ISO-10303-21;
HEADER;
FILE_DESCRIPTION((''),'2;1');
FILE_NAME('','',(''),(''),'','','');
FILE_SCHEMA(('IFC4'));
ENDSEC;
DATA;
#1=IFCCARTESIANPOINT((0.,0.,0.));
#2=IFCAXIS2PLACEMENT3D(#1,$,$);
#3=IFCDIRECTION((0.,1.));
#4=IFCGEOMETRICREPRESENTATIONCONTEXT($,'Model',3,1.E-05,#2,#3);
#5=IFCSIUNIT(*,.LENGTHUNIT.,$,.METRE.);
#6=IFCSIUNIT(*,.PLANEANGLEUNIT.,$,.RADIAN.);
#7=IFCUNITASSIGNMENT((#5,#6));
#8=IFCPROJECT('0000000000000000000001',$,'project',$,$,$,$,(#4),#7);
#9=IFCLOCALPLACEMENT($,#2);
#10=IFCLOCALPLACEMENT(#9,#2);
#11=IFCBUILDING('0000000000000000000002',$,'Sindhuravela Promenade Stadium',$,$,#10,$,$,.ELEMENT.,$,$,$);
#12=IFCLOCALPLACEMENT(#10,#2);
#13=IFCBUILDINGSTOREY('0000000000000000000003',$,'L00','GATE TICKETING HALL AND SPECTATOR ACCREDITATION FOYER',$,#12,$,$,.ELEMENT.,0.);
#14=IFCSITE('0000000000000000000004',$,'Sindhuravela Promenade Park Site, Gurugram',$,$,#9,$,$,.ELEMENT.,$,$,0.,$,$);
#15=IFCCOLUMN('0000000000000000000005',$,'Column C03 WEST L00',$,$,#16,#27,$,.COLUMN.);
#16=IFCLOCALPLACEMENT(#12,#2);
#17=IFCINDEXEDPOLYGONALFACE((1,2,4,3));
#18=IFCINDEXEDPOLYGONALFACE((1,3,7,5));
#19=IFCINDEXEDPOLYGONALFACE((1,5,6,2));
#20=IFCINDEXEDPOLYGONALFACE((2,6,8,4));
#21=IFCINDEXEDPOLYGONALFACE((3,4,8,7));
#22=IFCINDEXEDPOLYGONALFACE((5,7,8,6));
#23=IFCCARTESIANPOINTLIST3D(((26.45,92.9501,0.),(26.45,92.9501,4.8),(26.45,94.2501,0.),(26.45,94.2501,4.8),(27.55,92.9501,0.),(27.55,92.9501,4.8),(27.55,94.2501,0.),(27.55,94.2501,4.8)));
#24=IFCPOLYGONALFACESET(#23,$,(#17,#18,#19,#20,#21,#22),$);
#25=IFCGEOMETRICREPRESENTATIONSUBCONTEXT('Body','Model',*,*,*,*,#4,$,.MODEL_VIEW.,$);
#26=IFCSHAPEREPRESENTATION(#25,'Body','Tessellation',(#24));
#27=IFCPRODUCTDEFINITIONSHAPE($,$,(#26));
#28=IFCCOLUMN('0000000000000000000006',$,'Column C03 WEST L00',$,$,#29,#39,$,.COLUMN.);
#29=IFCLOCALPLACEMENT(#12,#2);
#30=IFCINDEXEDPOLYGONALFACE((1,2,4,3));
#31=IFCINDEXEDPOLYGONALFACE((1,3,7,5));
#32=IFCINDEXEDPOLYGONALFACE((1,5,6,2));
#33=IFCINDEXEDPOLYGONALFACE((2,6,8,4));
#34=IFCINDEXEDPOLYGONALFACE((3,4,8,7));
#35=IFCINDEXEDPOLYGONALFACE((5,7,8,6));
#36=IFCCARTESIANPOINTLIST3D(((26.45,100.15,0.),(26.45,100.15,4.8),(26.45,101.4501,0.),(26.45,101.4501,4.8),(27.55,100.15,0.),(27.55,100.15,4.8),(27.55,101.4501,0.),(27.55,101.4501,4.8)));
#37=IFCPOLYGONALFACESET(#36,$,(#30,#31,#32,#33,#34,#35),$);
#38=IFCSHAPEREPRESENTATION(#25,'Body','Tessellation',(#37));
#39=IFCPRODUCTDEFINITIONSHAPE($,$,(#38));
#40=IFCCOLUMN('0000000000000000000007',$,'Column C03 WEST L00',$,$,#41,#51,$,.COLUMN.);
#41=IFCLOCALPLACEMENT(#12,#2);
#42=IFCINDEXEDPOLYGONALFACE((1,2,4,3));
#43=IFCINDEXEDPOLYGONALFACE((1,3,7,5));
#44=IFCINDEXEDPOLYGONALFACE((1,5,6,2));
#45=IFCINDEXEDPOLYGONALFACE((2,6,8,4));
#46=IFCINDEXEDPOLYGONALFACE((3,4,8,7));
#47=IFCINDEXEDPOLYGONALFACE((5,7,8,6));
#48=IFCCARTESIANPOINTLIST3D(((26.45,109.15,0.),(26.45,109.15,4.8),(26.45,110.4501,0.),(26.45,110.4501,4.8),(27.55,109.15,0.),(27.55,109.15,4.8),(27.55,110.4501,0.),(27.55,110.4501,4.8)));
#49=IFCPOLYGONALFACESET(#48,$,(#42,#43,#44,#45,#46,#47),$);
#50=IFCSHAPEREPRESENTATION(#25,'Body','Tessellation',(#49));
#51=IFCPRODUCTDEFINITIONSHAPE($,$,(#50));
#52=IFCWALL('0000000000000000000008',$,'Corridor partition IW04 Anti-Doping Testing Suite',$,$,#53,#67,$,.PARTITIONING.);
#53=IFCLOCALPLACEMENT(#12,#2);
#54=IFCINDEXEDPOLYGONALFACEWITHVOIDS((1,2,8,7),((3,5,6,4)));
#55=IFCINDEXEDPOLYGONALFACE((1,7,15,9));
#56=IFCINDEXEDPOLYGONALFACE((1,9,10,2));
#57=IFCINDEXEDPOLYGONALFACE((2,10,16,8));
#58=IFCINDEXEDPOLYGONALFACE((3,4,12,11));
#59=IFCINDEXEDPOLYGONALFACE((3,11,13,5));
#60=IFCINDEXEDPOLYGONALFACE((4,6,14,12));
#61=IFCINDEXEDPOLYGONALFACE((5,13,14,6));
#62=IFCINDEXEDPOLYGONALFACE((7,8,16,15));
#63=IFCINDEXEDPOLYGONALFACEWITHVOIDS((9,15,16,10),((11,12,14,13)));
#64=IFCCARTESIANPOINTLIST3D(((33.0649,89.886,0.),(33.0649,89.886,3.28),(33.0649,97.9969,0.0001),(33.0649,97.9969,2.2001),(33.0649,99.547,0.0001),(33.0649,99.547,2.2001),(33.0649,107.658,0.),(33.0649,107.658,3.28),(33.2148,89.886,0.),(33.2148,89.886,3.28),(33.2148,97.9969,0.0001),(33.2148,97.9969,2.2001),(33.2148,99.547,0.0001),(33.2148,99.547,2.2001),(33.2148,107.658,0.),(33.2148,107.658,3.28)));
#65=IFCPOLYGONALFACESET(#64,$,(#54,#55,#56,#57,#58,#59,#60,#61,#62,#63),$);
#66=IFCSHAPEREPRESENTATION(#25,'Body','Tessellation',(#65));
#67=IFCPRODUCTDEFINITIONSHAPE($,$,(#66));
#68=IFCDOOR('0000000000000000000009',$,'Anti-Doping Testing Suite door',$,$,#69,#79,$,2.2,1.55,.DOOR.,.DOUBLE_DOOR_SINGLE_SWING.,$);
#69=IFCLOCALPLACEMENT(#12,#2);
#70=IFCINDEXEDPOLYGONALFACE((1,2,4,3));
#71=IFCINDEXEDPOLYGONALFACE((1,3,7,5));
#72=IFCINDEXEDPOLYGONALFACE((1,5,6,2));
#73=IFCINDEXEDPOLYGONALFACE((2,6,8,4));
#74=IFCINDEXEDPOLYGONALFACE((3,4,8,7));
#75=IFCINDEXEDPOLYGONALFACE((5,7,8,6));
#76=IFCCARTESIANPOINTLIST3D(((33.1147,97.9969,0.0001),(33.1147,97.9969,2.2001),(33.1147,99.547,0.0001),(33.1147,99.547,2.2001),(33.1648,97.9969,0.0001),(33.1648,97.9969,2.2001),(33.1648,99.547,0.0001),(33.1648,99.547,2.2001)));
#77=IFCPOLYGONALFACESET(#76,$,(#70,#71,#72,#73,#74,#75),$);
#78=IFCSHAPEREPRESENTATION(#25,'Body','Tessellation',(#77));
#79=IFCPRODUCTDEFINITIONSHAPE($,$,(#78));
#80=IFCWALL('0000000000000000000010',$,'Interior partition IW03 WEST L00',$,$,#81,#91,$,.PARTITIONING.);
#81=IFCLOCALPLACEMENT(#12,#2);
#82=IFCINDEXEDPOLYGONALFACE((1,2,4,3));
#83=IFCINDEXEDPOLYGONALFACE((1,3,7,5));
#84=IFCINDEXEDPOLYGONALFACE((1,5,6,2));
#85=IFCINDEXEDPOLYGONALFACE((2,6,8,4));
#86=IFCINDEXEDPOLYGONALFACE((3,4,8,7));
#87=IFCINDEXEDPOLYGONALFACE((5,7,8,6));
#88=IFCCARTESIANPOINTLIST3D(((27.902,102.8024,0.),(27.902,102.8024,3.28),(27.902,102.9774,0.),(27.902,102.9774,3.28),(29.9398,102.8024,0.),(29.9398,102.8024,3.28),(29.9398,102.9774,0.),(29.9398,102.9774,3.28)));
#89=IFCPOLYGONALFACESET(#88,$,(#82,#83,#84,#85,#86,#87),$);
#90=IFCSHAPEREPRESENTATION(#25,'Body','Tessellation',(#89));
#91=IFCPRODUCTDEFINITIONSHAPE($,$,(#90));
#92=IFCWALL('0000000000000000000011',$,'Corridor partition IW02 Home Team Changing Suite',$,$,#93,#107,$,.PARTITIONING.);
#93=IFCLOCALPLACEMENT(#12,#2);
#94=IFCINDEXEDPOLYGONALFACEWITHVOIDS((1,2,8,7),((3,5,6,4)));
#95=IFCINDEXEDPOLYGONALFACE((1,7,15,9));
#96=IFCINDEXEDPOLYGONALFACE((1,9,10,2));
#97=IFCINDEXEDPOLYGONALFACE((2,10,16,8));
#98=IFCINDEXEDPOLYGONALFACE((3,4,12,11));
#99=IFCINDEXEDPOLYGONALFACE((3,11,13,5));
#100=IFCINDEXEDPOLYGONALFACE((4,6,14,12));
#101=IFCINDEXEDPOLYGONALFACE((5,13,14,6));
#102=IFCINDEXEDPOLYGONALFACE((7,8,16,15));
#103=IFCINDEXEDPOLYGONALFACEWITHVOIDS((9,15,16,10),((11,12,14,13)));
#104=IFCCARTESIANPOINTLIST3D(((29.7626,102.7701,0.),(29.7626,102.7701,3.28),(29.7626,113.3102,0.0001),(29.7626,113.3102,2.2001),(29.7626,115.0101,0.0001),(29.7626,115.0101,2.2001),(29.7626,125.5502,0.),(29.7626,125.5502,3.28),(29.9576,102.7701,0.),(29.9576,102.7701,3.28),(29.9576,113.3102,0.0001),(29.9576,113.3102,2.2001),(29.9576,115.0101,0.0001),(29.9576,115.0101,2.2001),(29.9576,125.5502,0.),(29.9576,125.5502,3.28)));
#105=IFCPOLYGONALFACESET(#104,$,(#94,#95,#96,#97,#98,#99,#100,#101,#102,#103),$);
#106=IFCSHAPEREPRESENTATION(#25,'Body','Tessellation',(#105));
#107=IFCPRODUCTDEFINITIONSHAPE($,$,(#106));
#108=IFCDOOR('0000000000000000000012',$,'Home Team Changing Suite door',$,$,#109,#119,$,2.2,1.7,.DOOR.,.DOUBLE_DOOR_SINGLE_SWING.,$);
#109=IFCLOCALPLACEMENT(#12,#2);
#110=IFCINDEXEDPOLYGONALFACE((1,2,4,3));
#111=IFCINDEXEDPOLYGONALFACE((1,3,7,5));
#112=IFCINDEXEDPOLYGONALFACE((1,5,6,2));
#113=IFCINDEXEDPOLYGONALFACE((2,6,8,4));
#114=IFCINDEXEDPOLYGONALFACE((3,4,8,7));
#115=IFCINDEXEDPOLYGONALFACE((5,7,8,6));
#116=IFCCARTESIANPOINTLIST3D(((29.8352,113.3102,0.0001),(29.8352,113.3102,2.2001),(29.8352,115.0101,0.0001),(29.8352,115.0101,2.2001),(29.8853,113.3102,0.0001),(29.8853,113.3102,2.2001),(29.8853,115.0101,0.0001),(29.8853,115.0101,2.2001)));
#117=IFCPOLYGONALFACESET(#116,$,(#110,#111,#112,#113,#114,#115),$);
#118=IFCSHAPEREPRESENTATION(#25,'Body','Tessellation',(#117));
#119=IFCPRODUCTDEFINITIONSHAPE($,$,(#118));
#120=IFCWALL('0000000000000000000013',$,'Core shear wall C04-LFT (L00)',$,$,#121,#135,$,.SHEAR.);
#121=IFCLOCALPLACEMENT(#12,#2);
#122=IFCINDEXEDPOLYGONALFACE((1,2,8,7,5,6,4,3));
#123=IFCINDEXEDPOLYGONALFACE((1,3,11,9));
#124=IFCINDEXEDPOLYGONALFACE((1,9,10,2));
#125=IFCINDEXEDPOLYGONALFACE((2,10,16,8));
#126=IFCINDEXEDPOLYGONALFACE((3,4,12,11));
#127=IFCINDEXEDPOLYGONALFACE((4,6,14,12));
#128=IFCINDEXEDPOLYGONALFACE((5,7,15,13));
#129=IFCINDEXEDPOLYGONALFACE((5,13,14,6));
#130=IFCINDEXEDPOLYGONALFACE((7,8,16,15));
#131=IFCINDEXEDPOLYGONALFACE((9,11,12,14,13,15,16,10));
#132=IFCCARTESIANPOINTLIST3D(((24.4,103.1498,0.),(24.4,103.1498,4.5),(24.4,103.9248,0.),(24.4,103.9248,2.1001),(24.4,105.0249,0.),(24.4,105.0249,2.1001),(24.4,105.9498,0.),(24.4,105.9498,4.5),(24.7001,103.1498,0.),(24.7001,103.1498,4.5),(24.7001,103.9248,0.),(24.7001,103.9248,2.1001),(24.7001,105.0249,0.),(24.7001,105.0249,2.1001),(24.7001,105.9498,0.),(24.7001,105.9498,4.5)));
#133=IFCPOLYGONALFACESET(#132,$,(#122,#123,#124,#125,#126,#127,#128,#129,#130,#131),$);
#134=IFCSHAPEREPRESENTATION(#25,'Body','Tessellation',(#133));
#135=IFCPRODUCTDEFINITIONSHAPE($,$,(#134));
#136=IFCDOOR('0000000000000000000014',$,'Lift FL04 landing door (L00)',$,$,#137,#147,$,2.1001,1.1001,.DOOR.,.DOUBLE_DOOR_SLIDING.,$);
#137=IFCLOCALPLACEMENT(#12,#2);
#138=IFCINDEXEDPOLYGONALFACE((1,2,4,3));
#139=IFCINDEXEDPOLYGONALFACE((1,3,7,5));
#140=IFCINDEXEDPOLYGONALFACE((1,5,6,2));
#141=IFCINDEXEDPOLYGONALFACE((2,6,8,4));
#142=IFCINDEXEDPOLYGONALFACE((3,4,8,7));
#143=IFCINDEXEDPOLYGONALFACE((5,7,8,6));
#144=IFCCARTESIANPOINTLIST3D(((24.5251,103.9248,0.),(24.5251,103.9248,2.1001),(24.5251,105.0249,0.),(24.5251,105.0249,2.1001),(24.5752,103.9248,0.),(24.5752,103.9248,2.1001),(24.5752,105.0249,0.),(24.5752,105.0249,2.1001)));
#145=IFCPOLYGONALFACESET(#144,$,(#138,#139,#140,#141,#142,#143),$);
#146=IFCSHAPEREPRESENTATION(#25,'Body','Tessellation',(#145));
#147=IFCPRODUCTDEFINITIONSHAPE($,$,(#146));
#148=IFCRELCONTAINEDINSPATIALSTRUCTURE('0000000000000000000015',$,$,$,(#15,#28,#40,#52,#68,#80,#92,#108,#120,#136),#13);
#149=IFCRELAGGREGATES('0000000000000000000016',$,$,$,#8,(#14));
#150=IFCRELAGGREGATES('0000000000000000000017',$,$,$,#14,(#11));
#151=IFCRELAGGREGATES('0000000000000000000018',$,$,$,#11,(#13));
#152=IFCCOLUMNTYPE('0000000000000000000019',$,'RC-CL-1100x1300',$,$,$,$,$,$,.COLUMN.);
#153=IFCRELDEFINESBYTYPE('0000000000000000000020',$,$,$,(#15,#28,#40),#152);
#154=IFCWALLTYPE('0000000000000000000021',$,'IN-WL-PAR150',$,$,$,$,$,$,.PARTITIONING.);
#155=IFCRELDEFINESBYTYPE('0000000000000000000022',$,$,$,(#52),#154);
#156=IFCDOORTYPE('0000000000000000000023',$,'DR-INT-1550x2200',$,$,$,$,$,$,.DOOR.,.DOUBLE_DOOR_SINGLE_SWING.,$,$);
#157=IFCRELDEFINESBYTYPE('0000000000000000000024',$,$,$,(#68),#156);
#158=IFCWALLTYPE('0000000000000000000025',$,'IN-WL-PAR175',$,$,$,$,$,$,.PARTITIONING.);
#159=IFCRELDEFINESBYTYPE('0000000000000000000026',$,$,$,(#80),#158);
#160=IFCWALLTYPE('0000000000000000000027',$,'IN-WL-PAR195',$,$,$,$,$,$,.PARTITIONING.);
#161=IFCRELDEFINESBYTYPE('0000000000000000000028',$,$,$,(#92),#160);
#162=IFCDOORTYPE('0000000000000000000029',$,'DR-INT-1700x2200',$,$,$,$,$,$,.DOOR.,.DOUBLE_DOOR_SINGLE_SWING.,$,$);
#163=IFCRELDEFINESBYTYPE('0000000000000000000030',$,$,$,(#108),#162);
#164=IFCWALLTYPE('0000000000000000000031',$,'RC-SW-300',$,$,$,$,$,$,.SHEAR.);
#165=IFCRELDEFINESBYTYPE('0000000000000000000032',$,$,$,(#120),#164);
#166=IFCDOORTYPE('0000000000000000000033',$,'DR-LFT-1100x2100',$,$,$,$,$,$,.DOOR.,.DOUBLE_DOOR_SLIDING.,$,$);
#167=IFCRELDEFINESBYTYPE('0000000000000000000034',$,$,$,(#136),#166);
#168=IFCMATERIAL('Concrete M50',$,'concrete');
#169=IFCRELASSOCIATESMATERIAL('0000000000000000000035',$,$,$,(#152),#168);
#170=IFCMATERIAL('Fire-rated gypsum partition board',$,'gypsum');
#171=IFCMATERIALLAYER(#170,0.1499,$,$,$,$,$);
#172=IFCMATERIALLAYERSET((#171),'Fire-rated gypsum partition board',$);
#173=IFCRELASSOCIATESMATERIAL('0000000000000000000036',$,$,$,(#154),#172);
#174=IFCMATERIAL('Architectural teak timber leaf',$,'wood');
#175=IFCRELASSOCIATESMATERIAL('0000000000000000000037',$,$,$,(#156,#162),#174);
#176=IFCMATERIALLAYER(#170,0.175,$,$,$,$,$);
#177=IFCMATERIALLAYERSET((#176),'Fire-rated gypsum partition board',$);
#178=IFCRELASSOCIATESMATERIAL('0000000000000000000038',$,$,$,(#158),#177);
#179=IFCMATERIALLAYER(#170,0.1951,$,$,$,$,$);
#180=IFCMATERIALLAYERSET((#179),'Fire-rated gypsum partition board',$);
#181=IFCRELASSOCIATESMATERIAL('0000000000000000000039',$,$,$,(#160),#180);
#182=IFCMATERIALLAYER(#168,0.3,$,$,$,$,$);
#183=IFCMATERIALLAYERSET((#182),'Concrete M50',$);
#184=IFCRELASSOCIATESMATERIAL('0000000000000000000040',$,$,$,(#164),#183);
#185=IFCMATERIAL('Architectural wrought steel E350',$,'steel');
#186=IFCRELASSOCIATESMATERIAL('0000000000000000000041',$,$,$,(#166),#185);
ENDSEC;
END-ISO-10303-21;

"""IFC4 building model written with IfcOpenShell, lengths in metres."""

from ifc_helpers import new_model, si_unit, direction, frame, frame_2d, origin, origin_2d, place, context, subcontext, project, spatial, rectangle, extrude, material, layer, layer_set, material_profile, profile_set, type_object, element, fill, save


model = new_model("IFC4")

# Units and contexts
model_context = context("Model", 3, precision=1e-05, world=origin(), true_north=direction((0.0, 1.0)))
body_context = subcontext(model_context, "Body", "Model", "MODEL_VIEW")
ifc_project = project(units=[si_unit("LENGTHUNIT", "METRE"), si_unit("PLANEANGLEUNIT", "RADIAN")], contexts=[model_context])

# Site, building, storey
site_placement = place(None, origin())
site = spatial("IfcSite", under=ifc_project, at=site_placement, Name="Sindhuravela Promenade Park Site, Gurugram", CompositionType="ELEMENT", RefElevation=0.0)
building_placement = place(site_placement, origin())
building = spatial("IfcBuilding", under=site, at=building_placement, Name="Sindhuravela Promenade Stadium", CompositionType="ELEMENT")
storey_placement = place(building_placement, origin())
storey = spatial("IfcBuildingStorey", under=building, at=storey_placement, Name="L00", Description="GATE TICKETING HALL AND SPECTATOR ACCREDITATION FOYER", CompositionType="ELEMENT", Elevation=0.0)

# Shared definitions
ifc_material_1 = material(Name="Concrete M50", Category="concrete")

# Columns
ifc_material_profile_1 = material_profile(ifc_material_1, rectangle(XDim=1.1001, YDim=1.3, at=origin_2d()), Name="RC 1100x1300")
ifc_profile_set_1 = profile_set([ifc_material_profile_1], Name="Concrete M50")
column_type = type_object("IfcColumnType", Name="RC-CL-1100x1300", PredefinedType="COLUMN", material=ifc_profile_set_1)
for number, where, z_axis, x_axis, name in (
    (1, (27.0, 93.6001, 0.0), (0.0, 0.0, 1.0), (1.0, 0.0, 0.0), "Column C03 WEST L00"),
    (2, (27.0, 100.8, 0.0), (0.0, 0.0, 1.0), (1.0, 0.0, 0.0), "Column C03 WEST L00"),
    (3, (27.0, 109.8, 0.0), (0.0, 0.0, 1.0), (1.0, 0.0, 0.0), "Column C03 WEST L00"),
):
    element("IfcColumn", number, at=place(storey_placement, frame(where, z_axis=z_axis, x_axis=x_axis)), inside=storey, type_object=column_type, Name=name, PredefinedType="COLUMN", context=body_context, shape_type="SweptSolid", body=[
        extrude(rectangle(XDim=1.1001, YDim=1.3, at=origin_2d()), origin(), (0.0, 0.0, 1.0), 4.8),
    ])

# Wall, opening, door
ifc_material_2 = material(Name="Fire-rated gypsum partition board", Category="gypsum")
ifc_layer_1 = layer(ifc_material_2, 0.1499)
ifc_layer_set_1 = layer_set([ifc_layer_1], Name="Fire-rated gypsum partition board")
wall_type_1 = type_object("IfcWallType", Name="IN-WL-PAR150", PredefinedType="PARTITIONING", material=ifc_layer_set_1)
wall_1_placement = place(storey_placement, frame((33.1399, 107.658, 0.0), z_axis=(0.0, 0.0, 1.0), x_axis=(0.0, -1.0, 0.0)))
wall_1 = element("IfcWall", 4, at=wall_1_placement, inside=storey, type_object=wall_type_1, Name="Corridor partition IW04 Anti-Doping Testing Suite", PredefinedType="PARTITIONING", context=body_context, shape_type="SweptSolid", body=[
    extrude(rectangle(XDim=17.772, YDim=0.1499, at=frame_2d((8.886, 0.0))), origin(), (0.0, 0.0, 1.0), 3.28),
])
opening_1_placement = place(wall_1_placement, frame((8.1111, 0.0, 0.0)))
opening_1 = element("IfcOpeningElement", 5, at=opening_1_placement, cuts=wall_1, PredefinedType="OPENING", context=body_context, shape_type="SweptSolid", body=[
    extrude(rectangle(XDim=1.55, YDim=2.2, at=frame_2d((0.7749, 1.1001))), frame((0.0, 0.085, 0.0), z_axis=(0.0, -1.0, 0.0), x_axis=(1.0, 0.0, 0.0)), (0.0, 0.0, 1.0), 0.1699),
])
ifc_material_3 = material(Name="Architectural teak timber leaf", Category="wood")
door_type_1 = type_object("IfcDoorType", Name="DR-INT-1550x2200", OperationType="DOUBLE_DOOR_SINGLE_SWING", PredefinedType="DOOR", material=ifc_material_3)
door_1_placement = place(opening_1_placement, origin())
door_1 = element("IfcDoor", 6, at=door_1_placement, inside=storey, type_object=door_type_1, Name="Anti-Doping Testing Suite door", OperationType="DOUBLE_DOOR_SINGLE_SWING", OverallHeight=2.2, OverallWidth=1.55, PredefinedType="DOOR", context=body_context, shape_type="SweptSolid", body=[
    extrude(rectangle(XDim=1.55, YDim=2.2, at=frame_2d((0.7749, 1.1001))), frame((0.0, 0.0249, 0.0), z_axis=(0.0, -1.0, 0.0), x_axis=(1.0, 0.0, 0.0)), (0.0, 0.0, 1.0), 0.05),
])
fill(opening_1, door_1)

# Wall
ifc_layer_2 = layer(ifc_material_2, 0.175)
ifc_layer_set_2 = layer_set([ifc_layer_2], Name="Fire-rated gypsum partition board")
wall_type_2 = type_object("IfcWallType", Name="IN-WL-PAR175", PredefinedType="PARTITIONING", material=ifc_layer_set_2)
wall_2_placement = place(storey_placement, frame((29.9399, 102.8899, 0.0), z_axis=(0.0, 0.0, 1.0), x_axis=(-1.0, 0.0, 0.0)))
element("IfcWall", 7, at=wall_2_placement, inside=storey, type_object=wall_type_2, Name="Interior partition IW03 WEST L00", PredefinedType="PARTITIONING", context=body_context, shape_type="SweptSolid", body=[
    extrude(rectangle(XDim=2.0378, YDim=0.175, at=frame_2d((1.019, 0.0))), origin(), (0.0, 0.0, 1.0), 3.28),
])

# Walls, openings, doors
ifc_layer_3 = layer(ifc_material_2, 0.1951)
ifc_layer_set_3 = layer_set([ifc_layer_3], Name="Fire-rated gypsum partition board")
wall_type_3 = type_object("IfcWallType", Name="IN-WL-PAR195", PredefinedType="PARTITIONING", material=ifc_layer_set_3)
wall_3_placement = place(storey_placement, frame((29.8601, 102.77, 0.0), z_axis=(0.0, 0.0, 1.0), x_axis=(0.0, 1.0, 0.0)))
wall_3 = element("IfcWall", 8, at=wall_3_placement, inside=storey, type_object=wall_type_3, Name="Corridor partition IW02 Home Team Changing Suite", PredefinedType="PARTITIONING", context=body_context, shape_type="SweptSolid", body=[
    extrude(rectangle(XDim=22.78, YDim=0.1951, at=frame_2d((11.3901, 0.0))), origin(), (0.0, 0.0, 1.0), 3.28),
])
opening_2_placement = place(wall_3_placement, frame((10.54, 0.0, 0.0)))
opening_2 = element("IfcOpeningElement", 9, at=opening_2_placement, cuts=wall_3, PredefinedType="OPENING", context=body_context, shape_type="SweptSolid", body=[
    extrude(rectangle(XDim=1.7, YDim=2.2, at=frame_2d((0.8501, 1.1001))), frame((0.0, 0.1074, 0.0), z_axis=(0.0, -1.0, 0.0), x_axis=(1.0, 0.0, 0.0)), (0.0, 0.0, 1.0), 0.2151),
])
door_type_2 = type_object("IfcDoorType", Name="DR-INT-1700x2200", OperationType="DOUBLE_DOOR_SINGLE_SWING", PredefinedType="DOOR", material=ifc_material_3)
door_2_placement = place(opening_2_placement, origin())
door_2 = element("IfcDoor", 10, at=door_2_placement, inside=storey, type_object=door_type_2, Name="Home Team Changing Suite door", OperationType="DOUBLE_DOOR_SINGLE_SWING", OverallHeight=2.2, OverallWidth=1.7, PredefinedType="DOOR", context=body_context, shape_type="SweptSolid", body=[
    extrude(rectangle(XDim=1.7, YDim=2.2, at=frame_2d((0.8501, 1.1001))), frame((0.0, 0.0249, 0.0), z_axis=(0.0, -1.0, 0.0), x_axis=(1.0, 0.0, 0.0)), (0.0, 0.0, 1.0), 0.05),
])
fill(opening_2, door_2)
ifc_layer_4 = layer(ifc_material_1, 0.3)
ifc_layer_set_4 = layer_set([ifc_layer_4], Name="Concrete M50")
wall_type_4 = type_object("IfcWallType", Name="RC-SW-300", PredefinedType="SHEAR", material=ifc_layer_set_4)
wall_4_placement = place(storey_placement, frame((24.55, 103.1499, 0.0), z_axis=(0.0, 0.0, 1.0), x_axis=(0.0, 1.0, 0.0)))
wall_4 = element("IfcWall", 11, at=wall_4_placement, inside=storey, type_object=wall_type_4, Name="Core shear wall C04-LFT (L00)", PredefinedType="SHEAR", context=body_context, shape_type="SweptSolid", body=[
    extrude(rectangle(XDim=2.8, YDim=0.3, at=frame_2d((1.3999, 0.0))), origin(), (0.0, 0.0, 1.0), 4.5),
])
opening_3_placement = place(wall_4_placement, frame((0.7749, 0.0, 0.0)))
opening_3 = element("IfcOpeningElement", 12, at=opening_3_placement, cuts=wall_4, PredefinedType="OPENING", context=body_context, shape_type="SweptSolid", body=[
    extrude(rectangle(XDim=1.1001, YDim=2.1001, at=frame_2d((0.55, 1.05))), frame((0.0, 0.1599, 0.0), z_axis=(0.0, -1.0, 0.0), x_axis=(1.0, 0.0, 0.0)), (0.0, 0.0, 1.0), 0.3201),
])
ifc_material_4 = material(Name="Architectural wrought steel E350", Category="steel")
door_type_3 = type_object("IfcDoorType", Name="DR-LFT-1100x2100", OperationType="DOUBLE_DOOR_SLIDING", PredefinedType="DOOR", material=ifc_material_4)
door_3_placement = place(opening_3_placement, origin())
door_3 = element("IfcDoor", 13, at=door_3_placement, inside=storey, type_object=door_type_3, Name="Lift FL04 landing door (L00)", OperationType="DOUBLE_DOOR_SLIDING", OverallHeight=2.1001, OverallWidth=1.1001, PredefinedType="DOOR", context=body_context, shape_type="SweptSolid", body=[
    extrude(rectangle(XDim=1.1001, YDim=2.1001, at=frame_2d((0.55, 1.05))), frame((0.0, 0.0249, 0.0), z_axis=(0.0, -1.0, 0.0), x_axis=(1.0, 0.0, 0.0)), (0.0, 0.0, 1.0), 0.05),
])
fill(opening_3, door_3)

save(model, "model.ifc")
